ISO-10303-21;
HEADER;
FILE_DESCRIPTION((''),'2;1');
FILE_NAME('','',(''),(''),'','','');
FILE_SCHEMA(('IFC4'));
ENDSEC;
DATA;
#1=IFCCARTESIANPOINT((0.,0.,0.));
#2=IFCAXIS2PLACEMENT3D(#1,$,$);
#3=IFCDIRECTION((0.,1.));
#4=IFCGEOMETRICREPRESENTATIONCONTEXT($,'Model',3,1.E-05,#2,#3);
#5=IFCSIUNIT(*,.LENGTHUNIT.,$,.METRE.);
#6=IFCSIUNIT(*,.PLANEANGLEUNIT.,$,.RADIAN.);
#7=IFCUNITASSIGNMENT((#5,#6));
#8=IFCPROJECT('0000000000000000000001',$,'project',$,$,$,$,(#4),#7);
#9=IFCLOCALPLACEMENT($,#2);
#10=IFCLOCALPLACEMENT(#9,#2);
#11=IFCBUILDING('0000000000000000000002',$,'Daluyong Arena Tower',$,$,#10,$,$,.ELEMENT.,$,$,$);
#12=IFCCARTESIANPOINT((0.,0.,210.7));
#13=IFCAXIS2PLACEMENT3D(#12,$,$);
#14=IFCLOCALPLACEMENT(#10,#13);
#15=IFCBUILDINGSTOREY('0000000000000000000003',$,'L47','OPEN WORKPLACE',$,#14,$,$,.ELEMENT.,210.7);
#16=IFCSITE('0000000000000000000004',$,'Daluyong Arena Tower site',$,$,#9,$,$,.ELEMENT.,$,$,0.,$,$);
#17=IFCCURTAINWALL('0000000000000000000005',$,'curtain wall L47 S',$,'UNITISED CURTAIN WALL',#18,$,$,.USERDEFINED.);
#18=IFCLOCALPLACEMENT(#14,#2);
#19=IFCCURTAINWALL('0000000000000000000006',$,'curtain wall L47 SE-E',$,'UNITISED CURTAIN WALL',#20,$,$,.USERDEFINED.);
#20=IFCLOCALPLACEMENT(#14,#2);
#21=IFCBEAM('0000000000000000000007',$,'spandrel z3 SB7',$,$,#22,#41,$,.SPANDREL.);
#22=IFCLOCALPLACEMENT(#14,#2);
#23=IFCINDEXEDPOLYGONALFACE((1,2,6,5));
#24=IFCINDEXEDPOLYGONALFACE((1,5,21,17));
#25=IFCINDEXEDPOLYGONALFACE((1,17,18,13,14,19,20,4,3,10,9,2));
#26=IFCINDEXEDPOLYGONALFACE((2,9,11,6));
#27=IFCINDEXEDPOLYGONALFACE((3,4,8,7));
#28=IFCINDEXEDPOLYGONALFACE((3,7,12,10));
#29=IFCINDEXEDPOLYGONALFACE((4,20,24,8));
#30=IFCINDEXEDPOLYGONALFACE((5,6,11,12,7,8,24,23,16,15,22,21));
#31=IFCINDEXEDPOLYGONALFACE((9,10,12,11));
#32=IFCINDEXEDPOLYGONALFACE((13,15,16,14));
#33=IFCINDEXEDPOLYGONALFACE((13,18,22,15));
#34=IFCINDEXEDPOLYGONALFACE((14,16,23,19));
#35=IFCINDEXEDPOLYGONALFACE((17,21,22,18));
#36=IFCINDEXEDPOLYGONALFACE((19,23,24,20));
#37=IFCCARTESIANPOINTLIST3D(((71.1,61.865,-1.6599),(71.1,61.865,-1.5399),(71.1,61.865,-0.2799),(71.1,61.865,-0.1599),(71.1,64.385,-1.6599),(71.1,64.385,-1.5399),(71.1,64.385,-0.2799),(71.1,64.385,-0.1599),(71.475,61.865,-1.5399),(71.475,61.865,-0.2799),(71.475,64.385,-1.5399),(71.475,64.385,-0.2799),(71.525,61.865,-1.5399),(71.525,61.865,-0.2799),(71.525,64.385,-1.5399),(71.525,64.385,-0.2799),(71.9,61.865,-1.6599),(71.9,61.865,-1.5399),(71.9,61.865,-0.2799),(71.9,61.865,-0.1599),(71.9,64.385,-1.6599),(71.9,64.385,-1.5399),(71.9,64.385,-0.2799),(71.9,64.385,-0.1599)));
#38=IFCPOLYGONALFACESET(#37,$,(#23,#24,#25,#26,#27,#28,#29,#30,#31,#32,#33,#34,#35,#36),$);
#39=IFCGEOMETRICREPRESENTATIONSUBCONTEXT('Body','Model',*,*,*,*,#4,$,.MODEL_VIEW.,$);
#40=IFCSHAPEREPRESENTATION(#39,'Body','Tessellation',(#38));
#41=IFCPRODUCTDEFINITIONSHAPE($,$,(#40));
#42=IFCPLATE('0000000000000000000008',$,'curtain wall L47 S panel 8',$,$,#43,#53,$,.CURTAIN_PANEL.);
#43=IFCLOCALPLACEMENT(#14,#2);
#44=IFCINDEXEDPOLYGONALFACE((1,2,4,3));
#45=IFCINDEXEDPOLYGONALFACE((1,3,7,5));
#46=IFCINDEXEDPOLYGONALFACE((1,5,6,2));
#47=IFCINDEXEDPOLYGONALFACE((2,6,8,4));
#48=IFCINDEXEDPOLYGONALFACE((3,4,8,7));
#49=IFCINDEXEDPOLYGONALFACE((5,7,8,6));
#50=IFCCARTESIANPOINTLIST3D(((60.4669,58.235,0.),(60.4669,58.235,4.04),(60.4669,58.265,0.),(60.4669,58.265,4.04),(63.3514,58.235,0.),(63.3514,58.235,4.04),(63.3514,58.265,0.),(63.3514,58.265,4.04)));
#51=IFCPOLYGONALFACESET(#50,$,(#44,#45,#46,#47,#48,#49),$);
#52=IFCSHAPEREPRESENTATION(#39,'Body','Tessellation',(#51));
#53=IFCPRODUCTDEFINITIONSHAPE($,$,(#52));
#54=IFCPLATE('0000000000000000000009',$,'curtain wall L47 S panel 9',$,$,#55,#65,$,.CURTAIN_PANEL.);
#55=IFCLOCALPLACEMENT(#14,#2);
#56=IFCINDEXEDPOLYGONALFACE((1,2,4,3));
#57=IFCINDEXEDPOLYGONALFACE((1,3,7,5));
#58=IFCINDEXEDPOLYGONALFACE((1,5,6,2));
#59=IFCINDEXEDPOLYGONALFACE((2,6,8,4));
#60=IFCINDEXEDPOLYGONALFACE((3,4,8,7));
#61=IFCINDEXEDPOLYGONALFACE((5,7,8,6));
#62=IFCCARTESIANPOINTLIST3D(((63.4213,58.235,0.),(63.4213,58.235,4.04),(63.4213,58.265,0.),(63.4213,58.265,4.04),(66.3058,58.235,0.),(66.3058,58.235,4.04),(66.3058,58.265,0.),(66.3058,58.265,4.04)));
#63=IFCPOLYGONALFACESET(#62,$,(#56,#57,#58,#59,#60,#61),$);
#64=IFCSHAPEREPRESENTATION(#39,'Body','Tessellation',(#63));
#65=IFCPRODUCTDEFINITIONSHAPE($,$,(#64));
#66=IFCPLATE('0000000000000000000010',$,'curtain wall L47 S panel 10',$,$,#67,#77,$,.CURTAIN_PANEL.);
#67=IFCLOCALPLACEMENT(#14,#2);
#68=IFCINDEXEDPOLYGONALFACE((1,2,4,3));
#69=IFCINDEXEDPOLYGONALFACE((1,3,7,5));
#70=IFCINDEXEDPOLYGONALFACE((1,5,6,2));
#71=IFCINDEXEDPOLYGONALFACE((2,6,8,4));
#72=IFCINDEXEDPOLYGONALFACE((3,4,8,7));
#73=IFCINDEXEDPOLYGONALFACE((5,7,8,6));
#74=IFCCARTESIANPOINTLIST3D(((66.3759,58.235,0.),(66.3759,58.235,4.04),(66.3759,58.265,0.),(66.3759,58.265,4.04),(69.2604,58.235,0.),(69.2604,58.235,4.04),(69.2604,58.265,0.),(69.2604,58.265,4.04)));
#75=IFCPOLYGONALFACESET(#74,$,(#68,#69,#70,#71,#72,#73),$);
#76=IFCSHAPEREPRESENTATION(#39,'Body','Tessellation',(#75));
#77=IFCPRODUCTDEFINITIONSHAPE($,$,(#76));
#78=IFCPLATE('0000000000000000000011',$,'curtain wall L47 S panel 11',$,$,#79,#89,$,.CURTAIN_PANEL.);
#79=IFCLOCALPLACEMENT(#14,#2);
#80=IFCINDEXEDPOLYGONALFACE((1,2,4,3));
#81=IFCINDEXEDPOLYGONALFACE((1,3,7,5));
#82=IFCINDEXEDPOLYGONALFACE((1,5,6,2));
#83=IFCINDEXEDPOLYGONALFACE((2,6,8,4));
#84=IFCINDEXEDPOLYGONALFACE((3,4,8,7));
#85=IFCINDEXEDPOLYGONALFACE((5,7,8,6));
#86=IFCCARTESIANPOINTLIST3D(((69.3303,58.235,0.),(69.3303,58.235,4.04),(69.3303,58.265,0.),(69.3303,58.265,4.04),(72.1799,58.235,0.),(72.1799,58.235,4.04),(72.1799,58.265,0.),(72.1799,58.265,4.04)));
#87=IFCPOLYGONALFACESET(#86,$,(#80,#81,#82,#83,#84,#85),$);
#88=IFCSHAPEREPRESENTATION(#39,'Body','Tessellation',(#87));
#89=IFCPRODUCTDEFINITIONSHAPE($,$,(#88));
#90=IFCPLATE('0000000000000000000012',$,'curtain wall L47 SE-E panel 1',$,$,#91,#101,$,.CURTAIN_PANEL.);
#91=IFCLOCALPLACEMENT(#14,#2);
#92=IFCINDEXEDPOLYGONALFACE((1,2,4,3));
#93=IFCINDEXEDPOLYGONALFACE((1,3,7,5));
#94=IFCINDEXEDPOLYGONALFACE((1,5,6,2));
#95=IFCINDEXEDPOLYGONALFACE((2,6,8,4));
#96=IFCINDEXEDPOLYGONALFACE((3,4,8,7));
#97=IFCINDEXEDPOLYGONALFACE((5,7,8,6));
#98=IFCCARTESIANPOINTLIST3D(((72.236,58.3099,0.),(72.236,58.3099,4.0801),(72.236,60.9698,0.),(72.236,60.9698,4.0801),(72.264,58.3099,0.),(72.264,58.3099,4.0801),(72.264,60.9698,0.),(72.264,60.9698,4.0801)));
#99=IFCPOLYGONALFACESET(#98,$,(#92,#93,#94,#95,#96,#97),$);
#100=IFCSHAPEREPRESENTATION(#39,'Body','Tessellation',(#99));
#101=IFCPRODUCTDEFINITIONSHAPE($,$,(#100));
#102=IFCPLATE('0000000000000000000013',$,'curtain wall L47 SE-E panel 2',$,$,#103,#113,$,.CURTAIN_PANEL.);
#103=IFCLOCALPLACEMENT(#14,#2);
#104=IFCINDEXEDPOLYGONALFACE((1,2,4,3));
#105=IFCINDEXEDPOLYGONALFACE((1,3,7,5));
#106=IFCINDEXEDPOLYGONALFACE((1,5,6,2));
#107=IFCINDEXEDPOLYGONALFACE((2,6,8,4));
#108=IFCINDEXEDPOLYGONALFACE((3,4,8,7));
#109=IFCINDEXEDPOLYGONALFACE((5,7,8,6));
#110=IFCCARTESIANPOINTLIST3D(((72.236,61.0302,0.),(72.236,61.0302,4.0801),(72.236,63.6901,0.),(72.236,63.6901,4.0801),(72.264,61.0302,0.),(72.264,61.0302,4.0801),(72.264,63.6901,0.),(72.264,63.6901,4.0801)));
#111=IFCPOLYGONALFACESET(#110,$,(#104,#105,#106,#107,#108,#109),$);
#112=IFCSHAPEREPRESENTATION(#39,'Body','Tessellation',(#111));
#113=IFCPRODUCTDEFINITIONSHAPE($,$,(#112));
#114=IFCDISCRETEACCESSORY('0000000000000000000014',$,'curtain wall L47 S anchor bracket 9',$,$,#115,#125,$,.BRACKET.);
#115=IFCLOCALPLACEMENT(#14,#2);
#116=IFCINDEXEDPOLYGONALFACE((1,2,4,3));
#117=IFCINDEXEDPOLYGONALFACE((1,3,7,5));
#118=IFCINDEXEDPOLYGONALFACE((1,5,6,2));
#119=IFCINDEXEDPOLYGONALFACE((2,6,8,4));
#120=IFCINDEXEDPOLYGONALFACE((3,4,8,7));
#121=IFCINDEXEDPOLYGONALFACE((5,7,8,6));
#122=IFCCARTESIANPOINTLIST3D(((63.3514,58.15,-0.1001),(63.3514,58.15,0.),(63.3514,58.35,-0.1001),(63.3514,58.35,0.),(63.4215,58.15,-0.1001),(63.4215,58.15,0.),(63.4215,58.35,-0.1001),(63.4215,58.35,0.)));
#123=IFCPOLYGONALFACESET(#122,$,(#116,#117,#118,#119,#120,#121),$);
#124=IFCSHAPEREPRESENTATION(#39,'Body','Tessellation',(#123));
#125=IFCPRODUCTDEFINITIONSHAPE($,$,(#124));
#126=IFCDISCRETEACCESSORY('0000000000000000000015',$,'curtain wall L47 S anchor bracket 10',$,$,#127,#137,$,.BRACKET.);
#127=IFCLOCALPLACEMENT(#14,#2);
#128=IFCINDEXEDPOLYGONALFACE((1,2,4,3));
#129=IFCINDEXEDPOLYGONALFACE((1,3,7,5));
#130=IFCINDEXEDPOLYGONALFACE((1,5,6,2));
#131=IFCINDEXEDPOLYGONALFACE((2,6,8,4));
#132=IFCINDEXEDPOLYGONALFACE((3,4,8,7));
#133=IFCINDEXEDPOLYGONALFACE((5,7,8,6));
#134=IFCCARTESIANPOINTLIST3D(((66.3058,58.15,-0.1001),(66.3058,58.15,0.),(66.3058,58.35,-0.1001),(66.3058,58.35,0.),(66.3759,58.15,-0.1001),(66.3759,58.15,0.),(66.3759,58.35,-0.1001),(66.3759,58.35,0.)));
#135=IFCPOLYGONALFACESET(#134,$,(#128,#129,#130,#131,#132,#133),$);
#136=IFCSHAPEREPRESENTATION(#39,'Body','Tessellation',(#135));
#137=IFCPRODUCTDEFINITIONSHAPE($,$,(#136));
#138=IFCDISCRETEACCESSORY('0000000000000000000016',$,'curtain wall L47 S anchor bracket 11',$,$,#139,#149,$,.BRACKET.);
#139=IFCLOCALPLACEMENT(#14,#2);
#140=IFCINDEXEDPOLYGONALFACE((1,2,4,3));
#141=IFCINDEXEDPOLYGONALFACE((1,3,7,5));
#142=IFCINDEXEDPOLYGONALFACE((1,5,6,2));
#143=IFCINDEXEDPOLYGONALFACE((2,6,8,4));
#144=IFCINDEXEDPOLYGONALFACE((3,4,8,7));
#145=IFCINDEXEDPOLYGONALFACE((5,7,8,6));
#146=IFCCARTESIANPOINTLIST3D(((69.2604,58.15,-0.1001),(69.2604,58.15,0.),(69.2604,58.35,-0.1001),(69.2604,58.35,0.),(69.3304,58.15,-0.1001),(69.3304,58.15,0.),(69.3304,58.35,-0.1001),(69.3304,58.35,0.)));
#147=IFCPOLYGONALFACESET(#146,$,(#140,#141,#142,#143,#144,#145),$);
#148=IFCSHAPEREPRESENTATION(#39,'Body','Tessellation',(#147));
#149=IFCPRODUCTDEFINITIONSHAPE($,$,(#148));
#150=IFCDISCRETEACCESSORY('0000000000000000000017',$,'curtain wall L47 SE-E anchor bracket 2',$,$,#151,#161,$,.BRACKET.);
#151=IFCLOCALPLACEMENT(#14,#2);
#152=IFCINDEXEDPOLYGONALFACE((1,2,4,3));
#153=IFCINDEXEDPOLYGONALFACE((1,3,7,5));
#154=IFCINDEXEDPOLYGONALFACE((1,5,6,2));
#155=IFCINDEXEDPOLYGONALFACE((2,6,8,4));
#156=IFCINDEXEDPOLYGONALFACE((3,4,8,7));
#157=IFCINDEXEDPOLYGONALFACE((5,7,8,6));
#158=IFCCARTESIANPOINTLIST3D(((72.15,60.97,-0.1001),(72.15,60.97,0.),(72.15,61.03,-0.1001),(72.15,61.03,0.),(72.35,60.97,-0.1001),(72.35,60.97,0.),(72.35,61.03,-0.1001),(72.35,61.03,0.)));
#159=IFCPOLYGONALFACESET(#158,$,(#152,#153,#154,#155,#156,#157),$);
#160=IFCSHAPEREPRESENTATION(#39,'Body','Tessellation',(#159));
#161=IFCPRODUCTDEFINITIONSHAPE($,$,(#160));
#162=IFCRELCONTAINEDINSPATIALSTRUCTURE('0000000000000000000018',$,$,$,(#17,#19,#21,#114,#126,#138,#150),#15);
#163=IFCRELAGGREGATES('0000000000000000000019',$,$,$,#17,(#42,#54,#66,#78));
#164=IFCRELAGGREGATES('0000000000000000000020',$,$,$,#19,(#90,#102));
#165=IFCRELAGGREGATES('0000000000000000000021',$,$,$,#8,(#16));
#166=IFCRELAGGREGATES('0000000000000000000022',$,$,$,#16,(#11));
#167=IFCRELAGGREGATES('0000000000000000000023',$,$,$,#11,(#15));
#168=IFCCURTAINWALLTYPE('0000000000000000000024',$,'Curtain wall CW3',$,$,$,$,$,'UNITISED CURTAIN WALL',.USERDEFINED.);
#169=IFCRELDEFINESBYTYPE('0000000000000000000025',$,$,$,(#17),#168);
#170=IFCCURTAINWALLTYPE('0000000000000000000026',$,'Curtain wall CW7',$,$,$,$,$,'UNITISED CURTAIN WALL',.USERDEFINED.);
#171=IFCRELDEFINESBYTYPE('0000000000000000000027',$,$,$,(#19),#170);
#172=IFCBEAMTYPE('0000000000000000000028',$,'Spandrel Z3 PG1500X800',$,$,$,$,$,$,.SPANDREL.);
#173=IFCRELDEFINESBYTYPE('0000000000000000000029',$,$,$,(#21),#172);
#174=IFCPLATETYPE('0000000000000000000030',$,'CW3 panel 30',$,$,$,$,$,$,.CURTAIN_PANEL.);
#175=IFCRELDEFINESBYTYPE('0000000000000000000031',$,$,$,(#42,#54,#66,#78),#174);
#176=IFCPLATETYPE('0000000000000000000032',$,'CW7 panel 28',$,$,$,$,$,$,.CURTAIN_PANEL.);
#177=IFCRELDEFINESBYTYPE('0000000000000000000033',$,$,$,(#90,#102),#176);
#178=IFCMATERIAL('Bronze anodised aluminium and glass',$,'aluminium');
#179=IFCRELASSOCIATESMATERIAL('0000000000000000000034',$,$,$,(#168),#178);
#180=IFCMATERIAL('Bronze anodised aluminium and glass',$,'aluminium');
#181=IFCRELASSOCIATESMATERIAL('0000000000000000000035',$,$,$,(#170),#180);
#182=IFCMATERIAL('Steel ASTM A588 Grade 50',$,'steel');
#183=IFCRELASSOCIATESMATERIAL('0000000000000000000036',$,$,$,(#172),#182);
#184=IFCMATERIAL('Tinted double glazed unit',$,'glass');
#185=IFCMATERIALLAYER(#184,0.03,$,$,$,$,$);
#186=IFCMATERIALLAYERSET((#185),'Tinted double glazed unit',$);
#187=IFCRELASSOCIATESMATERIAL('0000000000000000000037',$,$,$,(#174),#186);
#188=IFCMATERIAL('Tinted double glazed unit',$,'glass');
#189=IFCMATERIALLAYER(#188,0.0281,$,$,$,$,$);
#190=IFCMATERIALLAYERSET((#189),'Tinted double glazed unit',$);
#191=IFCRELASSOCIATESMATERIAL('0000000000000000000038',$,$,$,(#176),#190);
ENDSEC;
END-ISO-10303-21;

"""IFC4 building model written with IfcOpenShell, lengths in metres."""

from ifc_helpers import new_model, si_unit, direction, frame, origin, origin_2d, place, context, subcontext, project, spatial, rectangle, i_section, extrude, material, layer, layer_set, material_profile, profile_set, type_object, element, aggregate, save


model = new_model("IFC4")

# Units and contexts
model_context = context("Model", 3, precision=1e-05, world=origin(), true_north=direction((0.0, 1.0)))
body_context = subcontext(model_context, "Body", "Model", "MODEL_VIEW")
ifc_project = project(units=[si_unit("LENGTHUNIT", "METRE"), si_unit("PLANEANGLEUNIT", "RADIAN")], contexts=[model_context])

# Site, building, storey
site_placement = place(None, origin())
site = spatial("IfcSite", under=ifc_project, at=site_placement, Name="Daluyong Arena Tower site", CompositionType="ELEMENT", RefElevation=0.0)
building_placement = place(site_placement, origin())
building = spatial("IfcBuilding", under=site, at=building_placement, Name="Daluyong Arena Tower", CompositionType="ELEMENT")
storey_placement = place(building_placement, frame((0.0, 0.0, 210.7)))
storey = spatial("IfcBuildingStorey", under=building, at=storey_placement, Name="L47", Description="OPEN WORKPLACE", CompositionType="ELEMENT", Elevation=210.7)

# Curtain walls
ifc_material_1 = material(Name="Bronze anodised aluminium and glass", Category="aluminium")
curtain_wall_type_1 = type_object("IfcCurtainWallType", Name="Curtain wall CW3", ElementType="UNITISED CURTAIN WALL", PredefinedType="USERDEFINED", material=ifc_material_1)
curtain_wall_1_placement = place(storey_placement, origin())
curtain_wall_1 = element("IfcCurtainWall", 1, at=curtain_wall_1_placement, inside=storey, type_object=curtain_wall_type_1, Name="curtain wall L47 S", ObjectType="UNITISED CURTAIN WALL", PredefinedType="USERDEFINED")
ifc_material_2 = material(Name="Bronze anodised aluminium and glass", Category="aluminium")
curtain_wall_type_2 = type_object("IfcCurtainWallType", Name="Curtain wall CW7", ElementType="UNITISED CURTAIN WALL", PredefinedType="USERDEFINED", material=ifc_material_2)
curtain_wall_2_placement = place(storey_placement, origin())
curtain_wall_2 = element("IfcCurtainWall", 2, at=curtain_wall_2_placement, inside=storey, type_object=curtain_wall_type_2, Name="curtain wall L47 SE-E", ObjectType="UNITISED CURTAIN WALL", PredefinedType="USERDEFINED")

# Beam
ifc_material_3 = material(Name="Steel ASTM A588 Grade 50", Category="steel")
ifc_material_profile_1 = material_profile(ifc_material_3, i_section(OverallWidth=0.8, OverallDepth=1.5, WebThickness=0.05, FlangeThickness=0.12, at=origin_2d()))
ifc_profile_set_1 = profile_set([ifc_material_profile_1], Name="Steel ASTM A588 Grade 50")
beam_type_1 = type_object("IfcBeamType", Name="Spandrel Z3 PG1500X800", PredefinedType="SPANDREL", material=ifc_profile_set_1)
for number, where, z_axis, x_axis, name in (
    (3, (71.5, 61.865, -0.9099), (0.0, 1.0, 0.0), (-1.0, 0.0, 0.0), "spandrel z3 SB7"),
):
    element("IfcBeam", number, at=place(storey_placement, frame(where, z_axis=z_axis, x_axis=x_axis)), inside=storey, type_object=beam_type_1, Name=name, PredefinedType="SPANDREL", context=body_context, shape_type="SweptSolid", body=[
        extrude(i_section(OverallWidth=0.8, OverallDepth=1.5, WebThickness=0.05, FlangeThickness=0.12, at=origin_2d()), origin(), (0.0, 0.0, 1.0), 2.52),
    ])

# Plates
ifc_material_4 = material(Name="Tinted double glazed unit", Category="glass")
ifc_layer_1 = layer(ifc_material_4, 0.03)
ifc_layer_set_1 = layer_set([ifc_layer_1], Name="Tinted double glazed unit")
plate_type_1 = type_object("IfcPlateType", Name="CW3 panel 30", PredefinedType="CURTAIN_PANEL", material=ifc_layer_set_1)
plate_1_placement = place(storey_placement, frame((61.9092, 58.25, 0.0), z_axis=(0.0, 0.0, 1.0), x_axis=(1.0, 0.0, 0.0)))
plate_1 = element("IfcPlate", 4, at=plate_1_placement, type_object=plate_type_1, Name="curtain wall L47 S panel 8", PredefinedType="CURTAIN_PANEL", context=body_context, shape_type="SweptSolid", body=[
    extrude(rectangle(XDim=2.8845, YDim=0.03, at=origin_2d()), origin(), (0.0, 0.0, 1.0), 4.04),
])
plate_2_placement = place(storey_placement, frame((64.8635, 58.25, 0.0), z_axis=(0.0, 0.0, 1.0), x_axis=(1.0, 0.0, 0.0)))
plate_2 = element("IfcPlate", 5, at=plate_2_placement, type_object=plate_type_1, Name="curtain wall L47 S panel 9", PredefinedType="CURTAIN_PANEL", context=body_context, shape_type="SweptSolid", body=[
    extrude(rectangle(XDim=2.8845, YDim=0.03, at=origin_2d()), origin(), (0.0, 0.0, 1.0), 4.04),
])
plate_3_placement = place(storey_placement, frame((67.8181, 58.25, 0.0), z_axis=(0.0, 0.0, 1.0), x_axis=(1.0, 0.0, 0.0)))
plate_3 = element("IfcPlate", 6, at=plate_3_placement, type_object=plate_type_1, Name="curtain wall L47 S panel 10", PredefinedType="CURTAIN_PANEL", context=body_context, shape_type="SweptSolid", body=[
    extrude(rectangle(XDim=2.8845, YDim=0.03, at=origin_2d()), origin(), (0.0, 0.0, 1.0), 4.04),
])
plate_4_placement = place(storey_placement, frame((70.7551, 58.25, 0.0), z_axis=(0.0, 0.0, 1.0), x_axis=(1.0, 0.0, 0.0)))
plate_4 = element("IfcPlate", 7, at=plate_4_placement, type_object=plate_type_1, Name="curtain wall L47 S panel 11", PredefinedType="CURTAIN_PANEL", context=body_context, shape_type="SweptSolid", body=[
    extrude(rectangle(XDim=2.8496, YDim=0.03, at=origin_2d()), origin(), (0.0, 0.0, 1.0), 4.04),
])
aggregate(curtain_wall_1, [plate_1, plate_2, plate_3, plate_4])
ifc_material_5 = material(Name="Tinted double glazed unit", Category="glass")
ifc_layer_2 = layer(ifc_material_5, 0.0281)
ifc_layer_set_2 = layer_set([ifc_layer_2], Name="Tinted double glazed unit")
plate_type_2 = type_object("IfcPlateType", Name="CW7 panel 28", PredefinedType="CURTAIN_PANEL", material=ifc_layer_set_2)
plate_5_placement = place(storey_placement, frame((72.25, 59.6399, 0.0), z_axis=(0.0, 0.0, 1.0), x_axis=(0.0, 1.0, 0.0)))
plate_5 = element("IfcPlate", 8, at=plate_5_placement, type_object=plate_type_2, Name="curtain wall L47 SE-E panel 1", PredefinedType="CURTAIN_PANEL", context=body_context, shape_type="SweptSolid", body=[
    extrude(rectangle(XDim=2.6599, YDim=0.0281, at=origin_2d()), origin(), (0.0, 0.0, 1.0), 4.0801),
])
plate_6_placement = place(storey_placement, frame((72.25, 62.3601, 0.0), z_axis=(0.0, 0.0, 1.0), x_axis=(0.0, 1.0, 0.0)))
plate_6 = element("IfcPlate", 9, at=plate_6_placement, type_object=plate_type_2, Name="curtain wall L47 SE-E panel 2", PredefinedType="CURTAIN_PANEL", context=body_context, shape_type="SweptSolid", body=[
    extrude(rectangle(XDim=2.6599, YDim=0.0281, at=origin_2d()), origin(), (0.0, 0.0, 1.0), 4.0801),
])
aggregate(curtain_wall_2, [plate_5, plate_6])

# Discrete accessories
for number, where, z_axis, x_axis, name in (
    (10, (63.3865, 58.25, -0.1001), (0.0, 0.0, 1.0), (1.0, 0.0, 0.0), "curtain wall L47 S anchor bracket 9"),
    (11, (66.3408, 58.25, -0.1001), (0.0, 0.0, 1.0), (1.0, 0.0, 0.0), "curtain wall L47 S anchor bracket 10"),
    (12, (69.2954, 58.25, -0.1001), (0.0, 0.0, 1.0), (1.0, 0.0, 0.0), "curtain wall L47 S anchor bracket 11"),
):
    element("IfcDiscreteAccessory", number, at=place(storey_placement, frame(where, z_axis=z_axis, x_axis=x_axis)), inside=storey, Name=name, PredefinedType="BRACKET", context=body_context, shape_type="SweptSolid", body=[
        extrude(rectangle(XDim=0.0701, YDim=0.2, at=origin_2d()), origin(), (0.0, 0.0, 1.0), 0.1001),
    ])
discrete_accessory_placement = place(storey_placement, frame((72.25, 61.0, -0.1001), z_axis=(0.0, 0.0, 1.0), x_axis=(0.0, 1.0, 0.0)))
element("IfcDiscreteAccessory", 13, at=discrete_accessory_placement, inside=storey, Name="curtain wall L47 SE-E anchor bracket 2", PredefinedType="BRACKET", context=body_context, shape_type="SweptSolid", body=[
    extrude(rectangle(XDim=0.0601, YDim=0.2, at=origin_2d()), origin(), (0.0, 0.0, 1.0), 0.1001),
])

save(model, "model.ifc")
